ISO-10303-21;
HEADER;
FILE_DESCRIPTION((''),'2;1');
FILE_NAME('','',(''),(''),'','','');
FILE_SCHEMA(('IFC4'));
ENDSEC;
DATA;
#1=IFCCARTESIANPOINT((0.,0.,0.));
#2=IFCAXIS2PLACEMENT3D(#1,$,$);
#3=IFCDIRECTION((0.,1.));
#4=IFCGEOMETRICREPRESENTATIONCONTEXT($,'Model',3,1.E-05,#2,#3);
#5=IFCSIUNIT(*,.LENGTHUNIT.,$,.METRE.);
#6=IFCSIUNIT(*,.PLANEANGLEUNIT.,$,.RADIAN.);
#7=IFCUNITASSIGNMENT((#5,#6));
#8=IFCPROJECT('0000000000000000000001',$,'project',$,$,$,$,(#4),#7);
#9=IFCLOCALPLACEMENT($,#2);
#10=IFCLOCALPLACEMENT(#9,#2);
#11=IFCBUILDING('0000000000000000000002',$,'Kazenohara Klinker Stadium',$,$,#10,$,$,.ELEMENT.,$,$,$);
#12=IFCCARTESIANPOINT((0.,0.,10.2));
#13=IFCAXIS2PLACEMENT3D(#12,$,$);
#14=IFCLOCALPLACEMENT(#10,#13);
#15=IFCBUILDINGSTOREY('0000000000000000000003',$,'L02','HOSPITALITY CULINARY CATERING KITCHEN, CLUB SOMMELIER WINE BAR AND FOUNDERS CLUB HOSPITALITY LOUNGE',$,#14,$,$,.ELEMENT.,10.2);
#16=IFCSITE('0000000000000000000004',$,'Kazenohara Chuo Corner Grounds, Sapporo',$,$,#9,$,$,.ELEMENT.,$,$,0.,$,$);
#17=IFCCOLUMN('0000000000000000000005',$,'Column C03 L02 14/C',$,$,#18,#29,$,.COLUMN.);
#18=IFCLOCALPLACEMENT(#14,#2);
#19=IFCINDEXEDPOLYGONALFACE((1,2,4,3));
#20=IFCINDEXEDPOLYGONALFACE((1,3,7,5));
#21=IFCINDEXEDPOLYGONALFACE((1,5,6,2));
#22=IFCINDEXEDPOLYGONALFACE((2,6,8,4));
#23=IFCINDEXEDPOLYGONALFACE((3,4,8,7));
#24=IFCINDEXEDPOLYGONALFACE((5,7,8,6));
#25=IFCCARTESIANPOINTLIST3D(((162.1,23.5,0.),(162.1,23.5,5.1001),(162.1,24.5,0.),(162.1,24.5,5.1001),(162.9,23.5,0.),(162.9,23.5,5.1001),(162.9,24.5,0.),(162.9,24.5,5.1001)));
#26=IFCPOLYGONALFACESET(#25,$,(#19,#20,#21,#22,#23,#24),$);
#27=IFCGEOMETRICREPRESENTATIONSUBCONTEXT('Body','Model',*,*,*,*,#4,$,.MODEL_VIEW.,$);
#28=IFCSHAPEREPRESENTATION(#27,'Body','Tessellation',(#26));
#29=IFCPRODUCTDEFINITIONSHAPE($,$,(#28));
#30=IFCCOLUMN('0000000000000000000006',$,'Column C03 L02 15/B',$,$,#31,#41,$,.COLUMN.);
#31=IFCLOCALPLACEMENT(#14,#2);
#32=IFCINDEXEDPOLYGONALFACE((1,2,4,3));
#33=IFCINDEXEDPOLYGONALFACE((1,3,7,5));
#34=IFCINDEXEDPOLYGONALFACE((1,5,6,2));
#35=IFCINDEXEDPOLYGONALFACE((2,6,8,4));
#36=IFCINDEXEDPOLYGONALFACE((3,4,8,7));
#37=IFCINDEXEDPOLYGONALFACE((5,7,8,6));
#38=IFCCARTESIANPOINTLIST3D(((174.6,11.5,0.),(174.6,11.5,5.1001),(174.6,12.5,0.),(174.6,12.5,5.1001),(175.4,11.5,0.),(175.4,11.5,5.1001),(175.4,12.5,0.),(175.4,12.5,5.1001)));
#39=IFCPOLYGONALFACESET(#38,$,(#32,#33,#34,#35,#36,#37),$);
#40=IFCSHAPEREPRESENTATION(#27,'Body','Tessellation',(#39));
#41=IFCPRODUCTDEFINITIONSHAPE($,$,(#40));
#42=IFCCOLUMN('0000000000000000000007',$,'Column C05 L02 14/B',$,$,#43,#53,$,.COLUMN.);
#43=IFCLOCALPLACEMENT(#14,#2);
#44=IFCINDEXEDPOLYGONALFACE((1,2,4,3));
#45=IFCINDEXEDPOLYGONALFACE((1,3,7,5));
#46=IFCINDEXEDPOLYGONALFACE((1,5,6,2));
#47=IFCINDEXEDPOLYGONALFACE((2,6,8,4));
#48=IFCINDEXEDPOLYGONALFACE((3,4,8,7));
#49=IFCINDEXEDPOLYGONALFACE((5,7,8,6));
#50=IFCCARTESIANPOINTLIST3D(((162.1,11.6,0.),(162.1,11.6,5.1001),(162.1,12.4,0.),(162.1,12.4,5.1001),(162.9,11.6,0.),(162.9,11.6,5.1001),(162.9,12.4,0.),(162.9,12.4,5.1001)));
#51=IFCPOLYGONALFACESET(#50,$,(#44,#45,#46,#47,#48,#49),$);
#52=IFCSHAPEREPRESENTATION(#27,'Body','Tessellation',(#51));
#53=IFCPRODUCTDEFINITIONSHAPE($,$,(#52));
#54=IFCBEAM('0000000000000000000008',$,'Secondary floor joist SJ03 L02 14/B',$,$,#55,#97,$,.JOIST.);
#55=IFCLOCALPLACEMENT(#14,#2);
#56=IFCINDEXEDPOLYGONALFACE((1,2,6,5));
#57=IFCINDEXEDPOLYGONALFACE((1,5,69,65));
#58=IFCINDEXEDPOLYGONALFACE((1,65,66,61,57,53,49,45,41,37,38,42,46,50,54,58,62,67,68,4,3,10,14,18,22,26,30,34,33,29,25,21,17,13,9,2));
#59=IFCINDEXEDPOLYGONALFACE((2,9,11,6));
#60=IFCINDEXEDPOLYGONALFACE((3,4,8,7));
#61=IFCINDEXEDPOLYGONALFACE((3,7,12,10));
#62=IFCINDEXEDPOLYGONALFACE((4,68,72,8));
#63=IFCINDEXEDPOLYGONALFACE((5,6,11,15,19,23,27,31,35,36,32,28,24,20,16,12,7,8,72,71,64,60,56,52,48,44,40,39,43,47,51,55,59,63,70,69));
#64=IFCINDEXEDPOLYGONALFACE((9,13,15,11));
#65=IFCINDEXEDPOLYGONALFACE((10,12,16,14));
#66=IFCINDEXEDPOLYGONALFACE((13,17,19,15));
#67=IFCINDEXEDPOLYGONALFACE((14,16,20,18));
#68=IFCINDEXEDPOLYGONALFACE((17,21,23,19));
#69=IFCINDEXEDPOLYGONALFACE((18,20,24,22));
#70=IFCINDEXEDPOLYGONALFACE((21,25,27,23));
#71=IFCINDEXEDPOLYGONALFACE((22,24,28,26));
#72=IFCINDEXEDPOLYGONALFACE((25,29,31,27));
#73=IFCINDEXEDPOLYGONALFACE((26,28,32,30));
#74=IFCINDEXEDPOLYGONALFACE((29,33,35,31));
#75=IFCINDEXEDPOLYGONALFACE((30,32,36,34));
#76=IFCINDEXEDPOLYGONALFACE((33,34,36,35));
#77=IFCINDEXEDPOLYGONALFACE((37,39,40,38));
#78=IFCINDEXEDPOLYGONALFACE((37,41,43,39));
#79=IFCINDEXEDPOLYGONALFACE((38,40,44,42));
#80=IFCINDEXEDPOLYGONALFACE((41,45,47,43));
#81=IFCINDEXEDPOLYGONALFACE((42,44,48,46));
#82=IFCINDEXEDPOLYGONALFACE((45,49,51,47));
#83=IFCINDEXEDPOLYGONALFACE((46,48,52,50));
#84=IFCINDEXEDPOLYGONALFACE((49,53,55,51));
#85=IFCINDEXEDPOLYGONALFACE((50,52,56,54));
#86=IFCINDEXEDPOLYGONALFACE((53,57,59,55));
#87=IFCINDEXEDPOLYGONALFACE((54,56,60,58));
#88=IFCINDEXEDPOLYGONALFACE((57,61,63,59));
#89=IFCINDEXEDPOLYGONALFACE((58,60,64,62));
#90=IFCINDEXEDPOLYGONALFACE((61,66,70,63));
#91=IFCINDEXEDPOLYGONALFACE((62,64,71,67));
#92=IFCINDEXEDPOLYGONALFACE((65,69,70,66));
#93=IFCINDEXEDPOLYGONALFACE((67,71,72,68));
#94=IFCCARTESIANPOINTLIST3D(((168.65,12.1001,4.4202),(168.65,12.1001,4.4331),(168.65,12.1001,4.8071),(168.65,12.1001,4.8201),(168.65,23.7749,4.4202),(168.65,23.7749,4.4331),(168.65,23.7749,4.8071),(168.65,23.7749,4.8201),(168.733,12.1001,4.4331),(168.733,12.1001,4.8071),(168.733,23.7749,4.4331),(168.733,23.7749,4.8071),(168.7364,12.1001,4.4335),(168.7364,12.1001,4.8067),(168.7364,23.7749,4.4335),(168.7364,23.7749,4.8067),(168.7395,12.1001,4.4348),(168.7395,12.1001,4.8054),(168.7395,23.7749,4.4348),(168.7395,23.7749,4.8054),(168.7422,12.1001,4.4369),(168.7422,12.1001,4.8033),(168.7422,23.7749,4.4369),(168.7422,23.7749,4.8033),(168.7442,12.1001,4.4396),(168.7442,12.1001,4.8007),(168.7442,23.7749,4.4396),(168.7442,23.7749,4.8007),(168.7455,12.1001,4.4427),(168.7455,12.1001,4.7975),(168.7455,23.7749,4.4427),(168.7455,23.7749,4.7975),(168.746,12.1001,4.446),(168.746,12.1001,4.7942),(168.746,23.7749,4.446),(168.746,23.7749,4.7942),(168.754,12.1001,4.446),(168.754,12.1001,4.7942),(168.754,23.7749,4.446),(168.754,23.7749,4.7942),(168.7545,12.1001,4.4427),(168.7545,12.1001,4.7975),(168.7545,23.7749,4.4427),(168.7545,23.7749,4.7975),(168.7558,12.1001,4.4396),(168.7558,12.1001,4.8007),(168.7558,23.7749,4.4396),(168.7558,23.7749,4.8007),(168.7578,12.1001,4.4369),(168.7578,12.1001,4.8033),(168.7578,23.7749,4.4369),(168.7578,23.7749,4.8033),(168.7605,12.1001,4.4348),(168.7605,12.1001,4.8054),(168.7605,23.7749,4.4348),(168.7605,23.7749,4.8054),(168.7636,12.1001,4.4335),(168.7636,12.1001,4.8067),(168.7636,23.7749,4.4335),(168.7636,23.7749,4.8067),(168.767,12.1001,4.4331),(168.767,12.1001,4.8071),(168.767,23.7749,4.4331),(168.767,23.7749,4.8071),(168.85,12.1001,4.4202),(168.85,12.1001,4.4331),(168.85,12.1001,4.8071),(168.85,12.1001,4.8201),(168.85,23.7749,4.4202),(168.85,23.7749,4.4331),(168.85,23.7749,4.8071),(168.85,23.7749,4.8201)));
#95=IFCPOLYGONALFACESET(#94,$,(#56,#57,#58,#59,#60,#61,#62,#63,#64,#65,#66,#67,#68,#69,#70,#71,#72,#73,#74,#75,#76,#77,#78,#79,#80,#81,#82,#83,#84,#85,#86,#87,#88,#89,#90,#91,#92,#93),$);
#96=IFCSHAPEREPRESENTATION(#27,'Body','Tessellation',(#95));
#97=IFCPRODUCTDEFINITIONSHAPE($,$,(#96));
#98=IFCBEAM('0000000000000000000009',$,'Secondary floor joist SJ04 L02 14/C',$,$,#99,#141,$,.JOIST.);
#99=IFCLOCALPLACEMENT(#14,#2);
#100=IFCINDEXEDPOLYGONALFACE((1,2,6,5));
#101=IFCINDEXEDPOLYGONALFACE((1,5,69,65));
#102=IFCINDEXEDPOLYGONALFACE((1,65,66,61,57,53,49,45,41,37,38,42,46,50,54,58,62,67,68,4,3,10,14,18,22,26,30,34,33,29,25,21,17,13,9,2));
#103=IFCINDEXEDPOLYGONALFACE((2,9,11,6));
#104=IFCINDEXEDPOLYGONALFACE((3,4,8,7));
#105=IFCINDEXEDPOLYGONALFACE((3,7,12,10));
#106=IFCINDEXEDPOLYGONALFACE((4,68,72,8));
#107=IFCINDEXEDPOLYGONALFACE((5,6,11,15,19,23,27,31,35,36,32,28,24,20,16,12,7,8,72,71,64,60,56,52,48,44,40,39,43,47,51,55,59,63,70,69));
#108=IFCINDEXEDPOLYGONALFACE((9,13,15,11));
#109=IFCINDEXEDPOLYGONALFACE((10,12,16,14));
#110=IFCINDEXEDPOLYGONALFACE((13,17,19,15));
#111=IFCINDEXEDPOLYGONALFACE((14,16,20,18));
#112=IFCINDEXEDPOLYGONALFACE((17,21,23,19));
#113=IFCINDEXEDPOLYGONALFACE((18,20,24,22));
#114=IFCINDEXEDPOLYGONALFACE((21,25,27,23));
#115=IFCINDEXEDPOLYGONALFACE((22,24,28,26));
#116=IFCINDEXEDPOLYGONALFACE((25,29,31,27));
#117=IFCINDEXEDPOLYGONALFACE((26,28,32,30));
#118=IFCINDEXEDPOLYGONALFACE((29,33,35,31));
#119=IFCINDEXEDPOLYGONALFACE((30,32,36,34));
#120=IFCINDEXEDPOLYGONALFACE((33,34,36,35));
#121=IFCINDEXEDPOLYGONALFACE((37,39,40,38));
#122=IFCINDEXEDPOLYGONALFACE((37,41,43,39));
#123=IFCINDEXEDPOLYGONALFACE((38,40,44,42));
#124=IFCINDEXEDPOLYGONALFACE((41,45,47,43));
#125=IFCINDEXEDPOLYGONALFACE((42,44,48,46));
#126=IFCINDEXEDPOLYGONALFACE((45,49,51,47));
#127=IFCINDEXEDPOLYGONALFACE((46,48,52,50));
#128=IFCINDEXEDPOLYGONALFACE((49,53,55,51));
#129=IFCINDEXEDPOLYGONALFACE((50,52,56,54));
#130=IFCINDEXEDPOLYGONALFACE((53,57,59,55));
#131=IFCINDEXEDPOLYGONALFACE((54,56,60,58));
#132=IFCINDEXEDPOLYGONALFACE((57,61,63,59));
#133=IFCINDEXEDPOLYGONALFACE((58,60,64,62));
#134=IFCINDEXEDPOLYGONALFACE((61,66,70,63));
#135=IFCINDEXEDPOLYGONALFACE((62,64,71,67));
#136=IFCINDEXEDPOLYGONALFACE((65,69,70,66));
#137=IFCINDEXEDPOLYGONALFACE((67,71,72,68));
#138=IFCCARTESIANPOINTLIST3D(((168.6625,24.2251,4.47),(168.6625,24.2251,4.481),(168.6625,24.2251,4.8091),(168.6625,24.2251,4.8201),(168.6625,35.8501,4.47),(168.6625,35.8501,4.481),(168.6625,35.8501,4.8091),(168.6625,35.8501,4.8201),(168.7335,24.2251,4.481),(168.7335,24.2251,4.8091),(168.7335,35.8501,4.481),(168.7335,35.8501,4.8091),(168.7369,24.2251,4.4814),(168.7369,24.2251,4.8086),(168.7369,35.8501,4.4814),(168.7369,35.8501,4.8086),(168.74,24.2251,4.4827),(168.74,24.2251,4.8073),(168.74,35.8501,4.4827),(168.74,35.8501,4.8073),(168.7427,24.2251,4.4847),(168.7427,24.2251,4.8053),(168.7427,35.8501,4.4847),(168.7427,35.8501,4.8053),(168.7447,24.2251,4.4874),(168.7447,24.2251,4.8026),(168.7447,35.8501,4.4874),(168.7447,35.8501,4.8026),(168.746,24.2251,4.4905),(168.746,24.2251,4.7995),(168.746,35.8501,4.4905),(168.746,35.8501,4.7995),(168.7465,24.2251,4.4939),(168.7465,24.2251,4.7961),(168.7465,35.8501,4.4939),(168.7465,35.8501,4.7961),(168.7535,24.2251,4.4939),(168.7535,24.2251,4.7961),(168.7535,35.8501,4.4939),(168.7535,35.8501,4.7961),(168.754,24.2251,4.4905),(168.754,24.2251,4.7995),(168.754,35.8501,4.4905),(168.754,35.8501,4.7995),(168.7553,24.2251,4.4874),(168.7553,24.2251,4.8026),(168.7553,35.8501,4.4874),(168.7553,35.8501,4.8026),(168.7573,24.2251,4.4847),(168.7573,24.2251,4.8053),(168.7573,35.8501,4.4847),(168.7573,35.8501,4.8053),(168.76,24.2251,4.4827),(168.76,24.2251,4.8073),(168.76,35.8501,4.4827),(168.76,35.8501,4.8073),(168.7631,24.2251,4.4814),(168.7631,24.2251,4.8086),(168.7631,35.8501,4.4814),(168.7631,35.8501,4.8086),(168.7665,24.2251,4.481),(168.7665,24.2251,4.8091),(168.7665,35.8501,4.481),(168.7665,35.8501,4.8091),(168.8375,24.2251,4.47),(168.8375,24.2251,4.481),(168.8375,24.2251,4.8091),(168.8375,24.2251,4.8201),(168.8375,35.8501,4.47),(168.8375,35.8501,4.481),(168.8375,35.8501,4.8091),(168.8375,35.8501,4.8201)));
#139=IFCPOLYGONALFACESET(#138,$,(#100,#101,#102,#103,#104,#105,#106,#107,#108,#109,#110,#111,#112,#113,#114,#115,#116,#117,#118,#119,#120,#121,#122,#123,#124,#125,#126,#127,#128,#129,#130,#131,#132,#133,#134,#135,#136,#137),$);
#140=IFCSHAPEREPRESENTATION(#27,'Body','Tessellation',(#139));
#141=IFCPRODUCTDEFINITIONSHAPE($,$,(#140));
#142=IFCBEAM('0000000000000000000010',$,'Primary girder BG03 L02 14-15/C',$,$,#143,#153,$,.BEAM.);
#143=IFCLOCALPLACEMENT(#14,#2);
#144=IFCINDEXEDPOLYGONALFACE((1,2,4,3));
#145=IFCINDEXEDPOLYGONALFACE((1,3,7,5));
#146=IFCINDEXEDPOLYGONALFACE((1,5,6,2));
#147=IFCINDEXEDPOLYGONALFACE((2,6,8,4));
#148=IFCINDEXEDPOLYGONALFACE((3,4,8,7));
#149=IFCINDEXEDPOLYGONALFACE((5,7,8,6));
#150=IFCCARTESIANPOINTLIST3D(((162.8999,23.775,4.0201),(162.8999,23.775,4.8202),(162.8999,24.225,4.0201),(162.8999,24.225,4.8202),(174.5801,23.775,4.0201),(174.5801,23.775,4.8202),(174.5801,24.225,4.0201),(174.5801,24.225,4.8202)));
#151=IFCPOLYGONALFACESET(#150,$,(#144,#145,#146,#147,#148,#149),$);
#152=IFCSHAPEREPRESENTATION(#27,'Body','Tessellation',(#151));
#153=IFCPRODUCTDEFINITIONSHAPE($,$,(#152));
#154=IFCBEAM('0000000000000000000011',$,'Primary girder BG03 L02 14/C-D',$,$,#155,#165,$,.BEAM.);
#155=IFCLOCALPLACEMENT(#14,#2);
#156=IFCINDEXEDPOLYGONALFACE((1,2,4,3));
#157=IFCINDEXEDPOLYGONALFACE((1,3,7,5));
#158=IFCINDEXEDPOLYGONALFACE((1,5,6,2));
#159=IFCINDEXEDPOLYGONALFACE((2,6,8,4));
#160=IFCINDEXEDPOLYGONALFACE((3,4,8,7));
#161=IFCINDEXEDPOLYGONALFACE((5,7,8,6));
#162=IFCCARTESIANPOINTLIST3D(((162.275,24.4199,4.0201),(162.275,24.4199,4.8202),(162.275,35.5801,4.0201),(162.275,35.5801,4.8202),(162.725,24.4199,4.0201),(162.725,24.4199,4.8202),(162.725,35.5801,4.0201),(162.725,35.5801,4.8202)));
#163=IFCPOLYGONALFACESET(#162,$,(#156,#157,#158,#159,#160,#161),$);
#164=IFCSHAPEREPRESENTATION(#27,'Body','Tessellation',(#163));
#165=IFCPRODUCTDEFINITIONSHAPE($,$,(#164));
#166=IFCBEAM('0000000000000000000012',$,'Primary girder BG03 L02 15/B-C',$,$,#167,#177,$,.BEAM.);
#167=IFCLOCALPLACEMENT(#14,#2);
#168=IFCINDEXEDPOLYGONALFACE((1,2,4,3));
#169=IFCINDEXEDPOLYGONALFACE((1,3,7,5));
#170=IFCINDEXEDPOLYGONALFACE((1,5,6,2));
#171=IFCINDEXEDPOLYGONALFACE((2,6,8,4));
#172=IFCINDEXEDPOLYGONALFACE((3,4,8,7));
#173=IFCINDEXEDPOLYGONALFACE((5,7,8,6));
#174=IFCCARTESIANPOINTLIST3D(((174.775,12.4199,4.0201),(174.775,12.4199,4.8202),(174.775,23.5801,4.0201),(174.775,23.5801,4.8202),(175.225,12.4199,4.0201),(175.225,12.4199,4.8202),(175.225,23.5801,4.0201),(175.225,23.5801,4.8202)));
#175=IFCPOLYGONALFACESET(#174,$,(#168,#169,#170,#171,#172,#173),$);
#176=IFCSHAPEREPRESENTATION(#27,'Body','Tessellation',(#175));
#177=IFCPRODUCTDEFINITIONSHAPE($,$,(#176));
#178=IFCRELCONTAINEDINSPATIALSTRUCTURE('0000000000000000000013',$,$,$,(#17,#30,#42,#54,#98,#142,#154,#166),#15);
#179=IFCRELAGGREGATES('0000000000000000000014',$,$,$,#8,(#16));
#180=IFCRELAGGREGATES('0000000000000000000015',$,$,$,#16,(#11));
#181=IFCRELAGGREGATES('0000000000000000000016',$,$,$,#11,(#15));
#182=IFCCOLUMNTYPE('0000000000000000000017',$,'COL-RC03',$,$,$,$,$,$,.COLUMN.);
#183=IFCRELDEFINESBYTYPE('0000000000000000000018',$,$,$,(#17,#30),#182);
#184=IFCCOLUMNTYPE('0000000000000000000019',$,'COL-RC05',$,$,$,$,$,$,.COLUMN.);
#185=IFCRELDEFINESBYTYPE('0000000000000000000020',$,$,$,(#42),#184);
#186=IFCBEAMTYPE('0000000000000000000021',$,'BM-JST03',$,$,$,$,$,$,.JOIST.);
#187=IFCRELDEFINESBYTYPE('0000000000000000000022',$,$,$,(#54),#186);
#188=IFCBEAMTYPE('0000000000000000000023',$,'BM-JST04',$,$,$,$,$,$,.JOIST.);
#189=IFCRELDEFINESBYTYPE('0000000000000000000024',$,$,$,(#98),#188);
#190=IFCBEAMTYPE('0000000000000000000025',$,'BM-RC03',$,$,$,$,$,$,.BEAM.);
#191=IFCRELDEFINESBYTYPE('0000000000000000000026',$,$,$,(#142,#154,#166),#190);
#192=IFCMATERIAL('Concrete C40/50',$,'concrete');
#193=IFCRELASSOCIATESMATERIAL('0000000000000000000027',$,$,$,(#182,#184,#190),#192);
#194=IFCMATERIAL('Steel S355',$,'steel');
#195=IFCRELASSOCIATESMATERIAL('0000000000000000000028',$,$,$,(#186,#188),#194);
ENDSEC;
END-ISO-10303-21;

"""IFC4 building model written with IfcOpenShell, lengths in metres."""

from ifc_helpers import new_model, si_unit, direction, frame, origin, origin_2d, place, context, subcontext, project, spatial, rectangle, i_section, extrude, material, material_profile, profile_set, type_object, element, save


model = new_model("IFC4")

# Units and contexts
model_context = context("Model", 3, precision=1e-05, world=origin(), true_north=direction((0.0, 1.0)))
body_context = subcontext(model_context, "Body", "Model", "MODEL_VIEW")
ifc_project = project(units=[si_unit("LENGTHUNIT", "METRE"), si_unit("PLANEANGLEUNIT", "RADIAN")], contexts=[model_context])

# Site, building, storey
site_placement = place(None, origin())
site = spatial("IfcSite", under=ifc_project, at=site_placement, Name="Kazenohara Chuo Corner Grounds, Sapporo", CompositionType="ELEMENT", RefElevation=0.0)
building_placement = place(site_placement, origin())
building = spatial("IfcBuilding", under=site, at=building_placement, Name="Kazenohara Klinker Stadium", CompositionType="ELEMENT")
storey_placement = place(building_placement, frame((0.0, 0.0, 10.2)))
storey = spatial("IfcBuildingStorey", under=building, at=storey_placement, Name="L02", Description="HOSPITALITY CULINARY CATERING KITCHEN, CLUB SOMMELIER WINE BAR AND FOUNDERS CLUB HOSPITALITY LOUNGE", CompositionType="ELEMENT", Elevation=10.2)

# Columns
ifc_material_1 = material(Name="Concrete C40/50", Category="concrete")
ifc_material_profile_1 = material_profile(ifc_material_1, rectangle(XDim=0.8, YDim=1.0, at=origin_2d()), Name="RC-COL-1000x800")
ifc_profile_set_1 = profile_set([ifc_material_profile_1], Name="Concrete C40/50")
column_type_1 = type_object("IfcColumnType", Name="COL-RC03", PredefinedType="COLUMN", material=ifc_profile_set_1)
for number, where, z_axis, x_axis, name in (
    (1, (162.5, 24.0, 0.0), (0.0, 0.0, 1.0), (1.0, 0.0, 0.0), "Column C03 L02 14/C"),
    (2, (175.0, 12.0, 0.0), (0.0, 0.0, 1.0), (1.0, 0.0, 0.0), "Column C03 L02 15/B"),
):
    element("IfcColumn", number, at=place(storey_placement, frame(where, z_axis=z_axis, x_axis=x_axis)), inside=storey, type_object=column_type_1, Name=name, PredefinedType="COLUMN", context=body_context, shape_type="SweptSolid", body=[
        extrude(rectangle(XDim=0.8, YDim=1.0, at=origin_2d()), origin(), (0.0, 0.0, 1.0), 5.1001),
    ])
ifc_material_profile_2 = material_profile(ifc_material_1, rectangle(XDim=0.8, YDim=0.8, at=origin_2d()), Name="RC-COL-800x800")
ifc_profile_set_2 = profile_set([ifc_material_profile_2], Name="Concrete C40/50")
column_type_2 = type_object("IfcColumnType", Name="COL-RC05", PredefinedType="COLUMN", material=ifc_profile_set_2)
column_placement = place(storey_placement, frame((162.5, 12.0, 0.0), z_axis=(0.0, 0.0, 1.0), x_axis=(1.0, 0.0, 0.0)))
element("IfcColumn", 3, at=column_placement, inside=storey, type_object=column_type_2, Name="Column C05 L02 14/B", PredefinedType="COLUMN", context=body_context, shape_type="SweptSolid", body=[
    extrude(rectangle(XDim=0.8, YDim=0.8, at=origin_2d()), origin(), (0.0, 0.0, 1.0), 5.1001),
])

# Beams
ifc_material_2 = material(Name="Steel S355", Category="steel")
ifc_material_profile_3 = material_profile(ifc_material_2, i_section(OverallWidth=0.2, OverallDepth=0.3999, WebThickness=0.0081, FlangeThickness=0.0129, FilletRadius=0.0129, at=origin_2d()), Name="H-400x200x8x13")
ifc_profile_set_3 = profile_set([ifc_material_profile_3], Name="Steel S355")
beam_type_1 = type_object("IfcBeamType", Name="BM-JST03", PredefinedType="JOIST", material=ifc_profile_set_3)
beam_1_placement = place(storey_placement, frame((168.75, 12.1001, 4.6201), z_axis=(0.0, 1.0, 0.0), x_axis=(-1.0, 0.0, 0.0)))
element("IfcBeam", 4, at=beam_1_placement, inside=storey, type_object=beam_type_1, Name="Secondary floor joist SJ03 L02 14/B", PredefinedType="JOIST", context=body_context, shape_type="SweptSolid", body=[
    extrude(i_section(OverallWidth=0.2, OverallDepth=0.3999, WebThickness=0.0081, FlangeThickness=0.0129, FilletRadius=0.0129, at=origin_2d()), origin(), (0.0, 0.0, 1.0), 11.6748),
])
ifc_material_profile_4 = material_profile(ifc_material_2, i_section(OverallWidth=0.175, OverallDepth=0.3501, WebThickness=0.0071, FlangeThickness=0.011, FilletRadius=0.0129, at=origin_2d()), Name="H-350x175x7x11")
ifc_profile_set_4 = profile_set([ifc_material_profile_4], Name="Steel S355")
beam_type_2 = type_object("IfcBeamType", Name="BM-JST04", PredefinedType="JOIST", material=ifc_profile_set_4)
beam_2_placement = place(storey_placement, frame((168.75, 24.2251, 4.645), z_axis=(0.0, 1.0, 0.0), x_axis=(-1.0, 0.0, 0.0)))
element("IfcBeam", 5, at=beam_2_placement, inside=storey, type_object=beam_type_2, Name="Secondary floor joist SJ04 L02 14/C", PredefinedType="JOIST", context=body_context, shape_type="SweptSolid", body=[
    extrude(i_section(OverallWidth=0.175, OverallDepth=0.3501, WebThickness=0.0071, FlangeThickness=0.011, FilletRadius=0.0129, at=origin_2d()), origin(), (0.0, 0.0, 1.0), 11.625),
])
ifc_material_profile_5 = material_profile(ifc_material_1, rectangle(XDim=0.45, YDim=0.8, at=origin_2d()), Name="RC-BM-450x800")
ifc_profile_set_5 = profile_set([ifc_material_profile_5], Name="Concrete C40/50")
beam_type_3 = type_object("IfcBeamType", Name="BM-RC03", PredefinedType="BEAM", material=ifc_profile_set_5)
beam_3_placement = place(storey_placement, frame((162.8999, 24.0, 4.4202), z_axis=(1.0, 0.0, 0.0), x_axis=(0.0, 1.0, 0.0)))
element("IfcBeam", 6, at=beam_3_placement, inside=storey, type_object=beam_type_3, Name="Primary girder BG03 L02 14-15/C", PredefinedType="BEAM", context=body_context, shape_type="SweptSolid", body=[
    extrude(rectangle(XDim=0.45, YDim=0.8, at=origin_2d()), origin(), (0.0, 0.0, 1.0), 11.6802),
])
for number, where, z_axis, x_axis, name in (
    (7, (162.5, 24.4199, 4.4202), (0.0, 1.0, 0.0), (-1.0, 0.0, 0.0), "Primary girder BG03 L02 14/C-D"),
    (8, (175.0, 12.4199, 4.4202), (0.0, 1.0, 0.0), (-1.0, 0.0, 0.0), "Primary girder BG03 L02 15/B-C"),
):
    element("IfcBeam", number, at=place(storey_placement, frame(where, z_axis=z_axis, x_axis=x_axis)), inside=storey, type_object=beam_type_3, Name=name, PredefinedType="BEAM", context=body_context, shape_type="SweptSolid", body=[
        extrude(rectangle(XDim=0.45, YDim=0.8, at=origin_2d()), origin(), (0.0, 0.0, 1.0), 11.1602),
    ])

save(model, "model.ifc")
